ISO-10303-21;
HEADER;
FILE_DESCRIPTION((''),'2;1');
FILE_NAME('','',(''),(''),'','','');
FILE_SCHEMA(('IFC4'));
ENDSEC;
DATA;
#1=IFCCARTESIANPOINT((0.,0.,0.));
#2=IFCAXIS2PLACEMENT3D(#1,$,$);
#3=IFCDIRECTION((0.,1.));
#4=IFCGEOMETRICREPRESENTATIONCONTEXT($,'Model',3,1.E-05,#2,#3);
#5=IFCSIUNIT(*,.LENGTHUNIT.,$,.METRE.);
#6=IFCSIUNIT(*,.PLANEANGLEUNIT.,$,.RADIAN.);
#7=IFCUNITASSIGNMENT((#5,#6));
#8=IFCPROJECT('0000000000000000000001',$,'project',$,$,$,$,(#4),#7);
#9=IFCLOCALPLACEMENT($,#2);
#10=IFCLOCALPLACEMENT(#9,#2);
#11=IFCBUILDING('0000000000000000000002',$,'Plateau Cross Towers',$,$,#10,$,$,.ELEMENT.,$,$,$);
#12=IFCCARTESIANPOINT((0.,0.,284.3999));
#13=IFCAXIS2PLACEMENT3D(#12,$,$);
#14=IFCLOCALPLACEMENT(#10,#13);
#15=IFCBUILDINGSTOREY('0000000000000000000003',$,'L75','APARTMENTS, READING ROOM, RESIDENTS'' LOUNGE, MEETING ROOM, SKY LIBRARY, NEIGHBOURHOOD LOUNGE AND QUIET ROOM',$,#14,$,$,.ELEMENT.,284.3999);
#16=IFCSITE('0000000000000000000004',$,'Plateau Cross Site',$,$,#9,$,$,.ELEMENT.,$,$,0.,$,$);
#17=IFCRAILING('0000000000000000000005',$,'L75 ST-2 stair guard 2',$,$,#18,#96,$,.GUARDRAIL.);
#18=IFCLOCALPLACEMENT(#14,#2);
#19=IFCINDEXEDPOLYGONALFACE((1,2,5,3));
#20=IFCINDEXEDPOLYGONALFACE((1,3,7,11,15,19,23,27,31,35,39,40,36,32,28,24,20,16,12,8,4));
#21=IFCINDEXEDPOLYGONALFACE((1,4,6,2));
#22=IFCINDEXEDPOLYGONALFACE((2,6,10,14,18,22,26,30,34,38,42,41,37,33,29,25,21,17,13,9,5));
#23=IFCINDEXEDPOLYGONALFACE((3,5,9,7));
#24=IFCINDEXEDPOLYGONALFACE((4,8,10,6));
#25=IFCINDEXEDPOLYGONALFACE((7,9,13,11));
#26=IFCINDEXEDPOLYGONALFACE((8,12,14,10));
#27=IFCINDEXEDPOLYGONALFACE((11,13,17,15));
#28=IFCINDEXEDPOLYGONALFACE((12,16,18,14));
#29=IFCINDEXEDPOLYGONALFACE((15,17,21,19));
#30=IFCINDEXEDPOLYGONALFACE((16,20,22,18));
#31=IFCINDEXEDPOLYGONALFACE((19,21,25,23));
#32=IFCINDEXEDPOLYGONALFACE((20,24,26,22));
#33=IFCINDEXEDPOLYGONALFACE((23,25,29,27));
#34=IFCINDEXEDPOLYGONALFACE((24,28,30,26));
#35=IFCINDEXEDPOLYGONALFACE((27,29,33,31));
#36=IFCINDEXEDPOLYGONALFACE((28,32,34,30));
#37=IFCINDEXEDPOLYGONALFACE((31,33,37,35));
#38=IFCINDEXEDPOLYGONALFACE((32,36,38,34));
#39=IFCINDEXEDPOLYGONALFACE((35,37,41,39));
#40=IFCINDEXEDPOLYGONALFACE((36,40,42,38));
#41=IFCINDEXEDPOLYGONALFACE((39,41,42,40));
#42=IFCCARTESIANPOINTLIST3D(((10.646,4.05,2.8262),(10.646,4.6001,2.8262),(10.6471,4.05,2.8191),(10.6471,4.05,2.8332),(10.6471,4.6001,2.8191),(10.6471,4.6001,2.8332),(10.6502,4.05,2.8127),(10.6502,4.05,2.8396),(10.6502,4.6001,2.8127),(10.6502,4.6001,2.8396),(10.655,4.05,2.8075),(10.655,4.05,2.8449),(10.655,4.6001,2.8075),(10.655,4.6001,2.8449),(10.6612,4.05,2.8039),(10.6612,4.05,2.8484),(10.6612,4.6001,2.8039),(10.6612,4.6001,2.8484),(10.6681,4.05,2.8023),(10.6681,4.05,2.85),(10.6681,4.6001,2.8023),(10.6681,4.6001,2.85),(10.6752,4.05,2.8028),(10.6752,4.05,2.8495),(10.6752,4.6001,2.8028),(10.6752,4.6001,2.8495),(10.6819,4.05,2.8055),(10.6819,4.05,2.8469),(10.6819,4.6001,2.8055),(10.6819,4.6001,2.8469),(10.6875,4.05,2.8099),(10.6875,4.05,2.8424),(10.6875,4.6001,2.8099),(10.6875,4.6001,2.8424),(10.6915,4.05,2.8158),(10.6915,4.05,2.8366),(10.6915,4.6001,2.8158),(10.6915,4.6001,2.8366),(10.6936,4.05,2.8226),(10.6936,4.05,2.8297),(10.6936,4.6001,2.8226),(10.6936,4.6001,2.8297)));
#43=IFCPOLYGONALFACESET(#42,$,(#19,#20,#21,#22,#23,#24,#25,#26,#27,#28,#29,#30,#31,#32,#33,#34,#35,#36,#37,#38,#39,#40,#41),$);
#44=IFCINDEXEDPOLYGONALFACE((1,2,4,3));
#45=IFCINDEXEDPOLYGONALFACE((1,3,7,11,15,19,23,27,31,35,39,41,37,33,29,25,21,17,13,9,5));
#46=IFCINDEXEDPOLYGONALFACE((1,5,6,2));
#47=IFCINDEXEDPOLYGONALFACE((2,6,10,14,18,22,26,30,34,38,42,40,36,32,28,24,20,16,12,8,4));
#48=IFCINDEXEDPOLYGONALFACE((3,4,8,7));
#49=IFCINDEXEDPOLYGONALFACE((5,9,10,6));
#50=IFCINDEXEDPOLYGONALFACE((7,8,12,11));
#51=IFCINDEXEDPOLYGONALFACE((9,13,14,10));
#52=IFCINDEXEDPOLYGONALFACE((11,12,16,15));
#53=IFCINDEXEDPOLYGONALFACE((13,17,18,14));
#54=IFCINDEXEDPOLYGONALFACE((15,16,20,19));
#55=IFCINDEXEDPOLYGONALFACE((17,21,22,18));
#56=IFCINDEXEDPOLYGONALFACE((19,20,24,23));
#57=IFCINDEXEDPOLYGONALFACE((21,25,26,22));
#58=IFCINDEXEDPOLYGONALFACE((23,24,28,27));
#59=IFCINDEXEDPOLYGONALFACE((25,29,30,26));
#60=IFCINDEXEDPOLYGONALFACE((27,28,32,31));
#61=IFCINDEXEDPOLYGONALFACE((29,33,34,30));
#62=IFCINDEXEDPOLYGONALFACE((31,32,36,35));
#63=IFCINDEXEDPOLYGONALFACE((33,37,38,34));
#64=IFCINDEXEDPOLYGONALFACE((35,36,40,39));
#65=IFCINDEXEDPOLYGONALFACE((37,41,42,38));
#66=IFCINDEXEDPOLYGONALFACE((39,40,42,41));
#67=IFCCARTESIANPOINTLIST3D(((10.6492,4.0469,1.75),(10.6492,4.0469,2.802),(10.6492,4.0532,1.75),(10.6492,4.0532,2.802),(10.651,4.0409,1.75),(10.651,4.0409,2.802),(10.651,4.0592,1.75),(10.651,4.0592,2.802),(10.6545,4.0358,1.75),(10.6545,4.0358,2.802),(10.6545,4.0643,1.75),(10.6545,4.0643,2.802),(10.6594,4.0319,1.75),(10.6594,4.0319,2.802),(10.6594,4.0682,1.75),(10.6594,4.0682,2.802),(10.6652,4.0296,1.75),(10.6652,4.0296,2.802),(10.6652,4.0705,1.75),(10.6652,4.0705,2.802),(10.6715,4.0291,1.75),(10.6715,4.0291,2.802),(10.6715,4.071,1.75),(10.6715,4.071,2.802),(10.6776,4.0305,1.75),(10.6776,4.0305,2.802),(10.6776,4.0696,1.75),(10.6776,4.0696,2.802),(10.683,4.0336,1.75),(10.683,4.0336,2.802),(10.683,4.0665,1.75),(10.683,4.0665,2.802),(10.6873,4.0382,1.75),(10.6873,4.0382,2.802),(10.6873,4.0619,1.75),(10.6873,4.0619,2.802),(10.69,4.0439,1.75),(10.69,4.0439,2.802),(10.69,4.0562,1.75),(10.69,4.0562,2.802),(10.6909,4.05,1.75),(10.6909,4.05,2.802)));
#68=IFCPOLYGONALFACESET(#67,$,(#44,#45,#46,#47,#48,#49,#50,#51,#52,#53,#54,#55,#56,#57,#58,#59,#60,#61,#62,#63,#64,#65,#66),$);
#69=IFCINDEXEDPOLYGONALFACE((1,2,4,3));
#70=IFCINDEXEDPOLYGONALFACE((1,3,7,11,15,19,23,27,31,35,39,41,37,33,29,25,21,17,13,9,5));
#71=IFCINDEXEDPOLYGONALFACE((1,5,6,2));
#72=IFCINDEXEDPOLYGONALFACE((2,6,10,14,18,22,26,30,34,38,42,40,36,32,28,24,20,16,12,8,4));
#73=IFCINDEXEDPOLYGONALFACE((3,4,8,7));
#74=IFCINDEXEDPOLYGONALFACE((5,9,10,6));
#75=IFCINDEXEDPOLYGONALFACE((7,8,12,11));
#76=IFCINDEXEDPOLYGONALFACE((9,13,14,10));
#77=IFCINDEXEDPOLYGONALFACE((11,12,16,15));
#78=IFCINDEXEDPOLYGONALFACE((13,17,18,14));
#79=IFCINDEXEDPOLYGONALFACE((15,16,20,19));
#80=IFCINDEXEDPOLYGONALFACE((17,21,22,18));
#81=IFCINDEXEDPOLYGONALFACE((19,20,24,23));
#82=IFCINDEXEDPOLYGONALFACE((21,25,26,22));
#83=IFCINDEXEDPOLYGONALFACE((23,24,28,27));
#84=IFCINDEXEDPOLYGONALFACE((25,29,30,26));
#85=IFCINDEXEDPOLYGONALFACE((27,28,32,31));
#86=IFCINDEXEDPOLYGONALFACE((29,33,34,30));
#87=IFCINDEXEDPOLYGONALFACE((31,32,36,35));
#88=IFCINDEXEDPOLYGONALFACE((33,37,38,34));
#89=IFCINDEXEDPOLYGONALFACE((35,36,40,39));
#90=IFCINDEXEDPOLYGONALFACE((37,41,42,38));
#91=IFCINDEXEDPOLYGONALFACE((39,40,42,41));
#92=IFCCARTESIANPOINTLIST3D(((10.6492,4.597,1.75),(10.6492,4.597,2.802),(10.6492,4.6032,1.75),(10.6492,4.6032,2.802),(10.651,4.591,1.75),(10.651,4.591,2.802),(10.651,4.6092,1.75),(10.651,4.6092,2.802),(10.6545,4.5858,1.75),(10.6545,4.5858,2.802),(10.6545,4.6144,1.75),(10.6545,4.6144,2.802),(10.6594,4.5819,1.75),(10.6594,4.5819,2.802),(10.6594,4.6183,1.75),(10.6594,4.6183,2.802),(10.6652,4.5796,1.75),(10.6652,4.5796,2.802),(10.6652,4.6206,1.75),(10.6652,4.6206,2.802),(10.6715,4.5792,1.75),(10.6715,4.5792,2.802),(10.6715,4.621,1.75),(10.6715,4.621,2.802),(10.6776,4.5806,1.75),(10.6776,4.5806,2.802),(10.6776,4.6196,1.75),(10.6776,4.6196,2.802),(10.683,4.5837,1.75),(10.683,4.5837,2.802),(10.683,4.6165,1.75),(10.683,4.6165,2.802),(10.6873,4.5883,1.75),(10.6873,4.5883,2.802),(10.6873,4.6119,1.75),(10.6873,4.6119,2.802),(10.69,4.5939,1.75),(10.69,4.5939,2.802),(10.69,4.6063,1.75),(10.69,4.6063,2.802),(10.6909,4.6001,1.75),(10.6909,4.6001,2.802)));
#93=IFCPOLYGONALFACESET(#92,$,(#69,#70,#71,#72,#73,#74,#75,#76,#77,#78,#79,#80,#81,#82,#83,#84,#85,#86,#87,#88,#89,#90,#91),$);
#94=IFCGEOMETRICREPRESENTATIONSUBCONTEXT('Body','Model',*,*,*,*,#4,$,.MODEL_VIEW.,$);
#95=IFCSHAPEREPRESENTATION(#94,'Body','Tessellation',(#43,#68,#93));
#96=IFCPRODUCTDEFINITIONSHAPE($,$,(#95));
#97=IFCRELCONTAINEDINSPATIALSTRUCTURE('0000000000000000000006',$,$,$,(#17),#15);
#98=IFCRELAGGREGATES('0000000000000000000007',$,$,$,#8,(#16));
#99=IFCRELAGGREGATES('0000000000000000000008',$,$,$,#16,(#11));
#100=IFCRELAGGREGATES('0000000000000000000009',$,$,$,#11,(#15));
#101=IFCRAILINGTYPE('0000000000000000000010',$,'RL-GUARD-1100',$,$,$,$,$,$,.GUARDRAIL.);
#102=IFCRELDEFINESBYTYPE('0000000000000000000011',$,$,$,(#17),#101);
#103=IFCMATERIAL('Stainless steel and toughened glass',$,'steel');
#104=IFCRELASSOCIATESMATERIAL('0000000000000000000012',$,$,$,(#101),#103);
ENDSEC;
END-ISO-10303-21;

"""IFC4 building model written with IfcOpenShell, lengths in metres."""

from ifc_helpers import new_model, si_unit, direction, frame, origin, origin_2d, place, context, subcontext, project, spatial, circle, extrude, material, type_object, element, save


model = new_model("IFC4")

# Units and contexts
model_context = context("Model", 3, precision=1e-05, world=origin(), true_north=direction((0.0, 1.0)))
body_context = subcontext(model_context, "Body", "Model", "MODEL_VIEW")
ifc_project = project(units=[si_unit("LENGTHUNIT", "METRE"), si_unit("PLANEANGLEUNIT", "RADIAN")], contexts=[model_context])

# Site, building, storey
site_placement = place(None, origin())
site = spatial("IfcSite", under=ifc_project, at=site_placement, Name="Plateau Cross Site", CompositionType="ELEMENT", RefElevation=0.0)
building_placement = place(site_placement, origin())
building = spatial("IfcBuilding", under=site, at=building_placement, Name="Plateau Cross Towers", CompositionType="ELEMENT")
storey_placement = place(building_placement, frame((0.0, 0.0, 284.3999)))
storey = spatial("IfcBuildingStorey", under=building, at=storey_placement, Name="L75", Description="APARTMENTS, READING ROOM, RESIDENTS' LOUNGE, MEETING ROOM, SKY LIBRARY, NEIGHBOURHOOD LOUNGE AND QUIET ROOM", CompositionType="ELEMENT", Elevation=284.3999)

# Railing
ifc_material_1 = material(Name="Stainless steel and toughened glass", Category="steel")
railing_type_1 = type_object("IfcRailingType", Name="RL-GUARD-1100", PredefinedType="GUARDRAIL", material=ifc_material_1)
railing_1_placement = place(storey_placement, frame((10.6699, 4.05, 1.75)))
element("IfcRailing", 1, at=railing_1_placement, inside=storey, type_object=railing_type_1, Name="L75 ST-2 stair guard 2", PredefinedType="GUARDRAIL", context=body_context, shape_type="SweptSolid", body=[
    extrude(circle(Radius=0.0239, at=origin_2d()), frame((0.0, 0.0, 1.0762), z_axis=(0.0, 1.0, 0.0), x_axis=(-1.0, 0.0, 0.0)), (0.0, 0.0, 1.0), 0.55),
    extrude(circle(Radius=0.021, at=origin_2d()), origin(), (0.0, 0.0, 1.0), 1.052),
    extrude(circle(Radius=0.021, at=origin_2d()), frame((0.0, 0.55, 0.0)), (0.0, 0.0, 1.0), 1.052),
])

save(model, "model.ifc")
